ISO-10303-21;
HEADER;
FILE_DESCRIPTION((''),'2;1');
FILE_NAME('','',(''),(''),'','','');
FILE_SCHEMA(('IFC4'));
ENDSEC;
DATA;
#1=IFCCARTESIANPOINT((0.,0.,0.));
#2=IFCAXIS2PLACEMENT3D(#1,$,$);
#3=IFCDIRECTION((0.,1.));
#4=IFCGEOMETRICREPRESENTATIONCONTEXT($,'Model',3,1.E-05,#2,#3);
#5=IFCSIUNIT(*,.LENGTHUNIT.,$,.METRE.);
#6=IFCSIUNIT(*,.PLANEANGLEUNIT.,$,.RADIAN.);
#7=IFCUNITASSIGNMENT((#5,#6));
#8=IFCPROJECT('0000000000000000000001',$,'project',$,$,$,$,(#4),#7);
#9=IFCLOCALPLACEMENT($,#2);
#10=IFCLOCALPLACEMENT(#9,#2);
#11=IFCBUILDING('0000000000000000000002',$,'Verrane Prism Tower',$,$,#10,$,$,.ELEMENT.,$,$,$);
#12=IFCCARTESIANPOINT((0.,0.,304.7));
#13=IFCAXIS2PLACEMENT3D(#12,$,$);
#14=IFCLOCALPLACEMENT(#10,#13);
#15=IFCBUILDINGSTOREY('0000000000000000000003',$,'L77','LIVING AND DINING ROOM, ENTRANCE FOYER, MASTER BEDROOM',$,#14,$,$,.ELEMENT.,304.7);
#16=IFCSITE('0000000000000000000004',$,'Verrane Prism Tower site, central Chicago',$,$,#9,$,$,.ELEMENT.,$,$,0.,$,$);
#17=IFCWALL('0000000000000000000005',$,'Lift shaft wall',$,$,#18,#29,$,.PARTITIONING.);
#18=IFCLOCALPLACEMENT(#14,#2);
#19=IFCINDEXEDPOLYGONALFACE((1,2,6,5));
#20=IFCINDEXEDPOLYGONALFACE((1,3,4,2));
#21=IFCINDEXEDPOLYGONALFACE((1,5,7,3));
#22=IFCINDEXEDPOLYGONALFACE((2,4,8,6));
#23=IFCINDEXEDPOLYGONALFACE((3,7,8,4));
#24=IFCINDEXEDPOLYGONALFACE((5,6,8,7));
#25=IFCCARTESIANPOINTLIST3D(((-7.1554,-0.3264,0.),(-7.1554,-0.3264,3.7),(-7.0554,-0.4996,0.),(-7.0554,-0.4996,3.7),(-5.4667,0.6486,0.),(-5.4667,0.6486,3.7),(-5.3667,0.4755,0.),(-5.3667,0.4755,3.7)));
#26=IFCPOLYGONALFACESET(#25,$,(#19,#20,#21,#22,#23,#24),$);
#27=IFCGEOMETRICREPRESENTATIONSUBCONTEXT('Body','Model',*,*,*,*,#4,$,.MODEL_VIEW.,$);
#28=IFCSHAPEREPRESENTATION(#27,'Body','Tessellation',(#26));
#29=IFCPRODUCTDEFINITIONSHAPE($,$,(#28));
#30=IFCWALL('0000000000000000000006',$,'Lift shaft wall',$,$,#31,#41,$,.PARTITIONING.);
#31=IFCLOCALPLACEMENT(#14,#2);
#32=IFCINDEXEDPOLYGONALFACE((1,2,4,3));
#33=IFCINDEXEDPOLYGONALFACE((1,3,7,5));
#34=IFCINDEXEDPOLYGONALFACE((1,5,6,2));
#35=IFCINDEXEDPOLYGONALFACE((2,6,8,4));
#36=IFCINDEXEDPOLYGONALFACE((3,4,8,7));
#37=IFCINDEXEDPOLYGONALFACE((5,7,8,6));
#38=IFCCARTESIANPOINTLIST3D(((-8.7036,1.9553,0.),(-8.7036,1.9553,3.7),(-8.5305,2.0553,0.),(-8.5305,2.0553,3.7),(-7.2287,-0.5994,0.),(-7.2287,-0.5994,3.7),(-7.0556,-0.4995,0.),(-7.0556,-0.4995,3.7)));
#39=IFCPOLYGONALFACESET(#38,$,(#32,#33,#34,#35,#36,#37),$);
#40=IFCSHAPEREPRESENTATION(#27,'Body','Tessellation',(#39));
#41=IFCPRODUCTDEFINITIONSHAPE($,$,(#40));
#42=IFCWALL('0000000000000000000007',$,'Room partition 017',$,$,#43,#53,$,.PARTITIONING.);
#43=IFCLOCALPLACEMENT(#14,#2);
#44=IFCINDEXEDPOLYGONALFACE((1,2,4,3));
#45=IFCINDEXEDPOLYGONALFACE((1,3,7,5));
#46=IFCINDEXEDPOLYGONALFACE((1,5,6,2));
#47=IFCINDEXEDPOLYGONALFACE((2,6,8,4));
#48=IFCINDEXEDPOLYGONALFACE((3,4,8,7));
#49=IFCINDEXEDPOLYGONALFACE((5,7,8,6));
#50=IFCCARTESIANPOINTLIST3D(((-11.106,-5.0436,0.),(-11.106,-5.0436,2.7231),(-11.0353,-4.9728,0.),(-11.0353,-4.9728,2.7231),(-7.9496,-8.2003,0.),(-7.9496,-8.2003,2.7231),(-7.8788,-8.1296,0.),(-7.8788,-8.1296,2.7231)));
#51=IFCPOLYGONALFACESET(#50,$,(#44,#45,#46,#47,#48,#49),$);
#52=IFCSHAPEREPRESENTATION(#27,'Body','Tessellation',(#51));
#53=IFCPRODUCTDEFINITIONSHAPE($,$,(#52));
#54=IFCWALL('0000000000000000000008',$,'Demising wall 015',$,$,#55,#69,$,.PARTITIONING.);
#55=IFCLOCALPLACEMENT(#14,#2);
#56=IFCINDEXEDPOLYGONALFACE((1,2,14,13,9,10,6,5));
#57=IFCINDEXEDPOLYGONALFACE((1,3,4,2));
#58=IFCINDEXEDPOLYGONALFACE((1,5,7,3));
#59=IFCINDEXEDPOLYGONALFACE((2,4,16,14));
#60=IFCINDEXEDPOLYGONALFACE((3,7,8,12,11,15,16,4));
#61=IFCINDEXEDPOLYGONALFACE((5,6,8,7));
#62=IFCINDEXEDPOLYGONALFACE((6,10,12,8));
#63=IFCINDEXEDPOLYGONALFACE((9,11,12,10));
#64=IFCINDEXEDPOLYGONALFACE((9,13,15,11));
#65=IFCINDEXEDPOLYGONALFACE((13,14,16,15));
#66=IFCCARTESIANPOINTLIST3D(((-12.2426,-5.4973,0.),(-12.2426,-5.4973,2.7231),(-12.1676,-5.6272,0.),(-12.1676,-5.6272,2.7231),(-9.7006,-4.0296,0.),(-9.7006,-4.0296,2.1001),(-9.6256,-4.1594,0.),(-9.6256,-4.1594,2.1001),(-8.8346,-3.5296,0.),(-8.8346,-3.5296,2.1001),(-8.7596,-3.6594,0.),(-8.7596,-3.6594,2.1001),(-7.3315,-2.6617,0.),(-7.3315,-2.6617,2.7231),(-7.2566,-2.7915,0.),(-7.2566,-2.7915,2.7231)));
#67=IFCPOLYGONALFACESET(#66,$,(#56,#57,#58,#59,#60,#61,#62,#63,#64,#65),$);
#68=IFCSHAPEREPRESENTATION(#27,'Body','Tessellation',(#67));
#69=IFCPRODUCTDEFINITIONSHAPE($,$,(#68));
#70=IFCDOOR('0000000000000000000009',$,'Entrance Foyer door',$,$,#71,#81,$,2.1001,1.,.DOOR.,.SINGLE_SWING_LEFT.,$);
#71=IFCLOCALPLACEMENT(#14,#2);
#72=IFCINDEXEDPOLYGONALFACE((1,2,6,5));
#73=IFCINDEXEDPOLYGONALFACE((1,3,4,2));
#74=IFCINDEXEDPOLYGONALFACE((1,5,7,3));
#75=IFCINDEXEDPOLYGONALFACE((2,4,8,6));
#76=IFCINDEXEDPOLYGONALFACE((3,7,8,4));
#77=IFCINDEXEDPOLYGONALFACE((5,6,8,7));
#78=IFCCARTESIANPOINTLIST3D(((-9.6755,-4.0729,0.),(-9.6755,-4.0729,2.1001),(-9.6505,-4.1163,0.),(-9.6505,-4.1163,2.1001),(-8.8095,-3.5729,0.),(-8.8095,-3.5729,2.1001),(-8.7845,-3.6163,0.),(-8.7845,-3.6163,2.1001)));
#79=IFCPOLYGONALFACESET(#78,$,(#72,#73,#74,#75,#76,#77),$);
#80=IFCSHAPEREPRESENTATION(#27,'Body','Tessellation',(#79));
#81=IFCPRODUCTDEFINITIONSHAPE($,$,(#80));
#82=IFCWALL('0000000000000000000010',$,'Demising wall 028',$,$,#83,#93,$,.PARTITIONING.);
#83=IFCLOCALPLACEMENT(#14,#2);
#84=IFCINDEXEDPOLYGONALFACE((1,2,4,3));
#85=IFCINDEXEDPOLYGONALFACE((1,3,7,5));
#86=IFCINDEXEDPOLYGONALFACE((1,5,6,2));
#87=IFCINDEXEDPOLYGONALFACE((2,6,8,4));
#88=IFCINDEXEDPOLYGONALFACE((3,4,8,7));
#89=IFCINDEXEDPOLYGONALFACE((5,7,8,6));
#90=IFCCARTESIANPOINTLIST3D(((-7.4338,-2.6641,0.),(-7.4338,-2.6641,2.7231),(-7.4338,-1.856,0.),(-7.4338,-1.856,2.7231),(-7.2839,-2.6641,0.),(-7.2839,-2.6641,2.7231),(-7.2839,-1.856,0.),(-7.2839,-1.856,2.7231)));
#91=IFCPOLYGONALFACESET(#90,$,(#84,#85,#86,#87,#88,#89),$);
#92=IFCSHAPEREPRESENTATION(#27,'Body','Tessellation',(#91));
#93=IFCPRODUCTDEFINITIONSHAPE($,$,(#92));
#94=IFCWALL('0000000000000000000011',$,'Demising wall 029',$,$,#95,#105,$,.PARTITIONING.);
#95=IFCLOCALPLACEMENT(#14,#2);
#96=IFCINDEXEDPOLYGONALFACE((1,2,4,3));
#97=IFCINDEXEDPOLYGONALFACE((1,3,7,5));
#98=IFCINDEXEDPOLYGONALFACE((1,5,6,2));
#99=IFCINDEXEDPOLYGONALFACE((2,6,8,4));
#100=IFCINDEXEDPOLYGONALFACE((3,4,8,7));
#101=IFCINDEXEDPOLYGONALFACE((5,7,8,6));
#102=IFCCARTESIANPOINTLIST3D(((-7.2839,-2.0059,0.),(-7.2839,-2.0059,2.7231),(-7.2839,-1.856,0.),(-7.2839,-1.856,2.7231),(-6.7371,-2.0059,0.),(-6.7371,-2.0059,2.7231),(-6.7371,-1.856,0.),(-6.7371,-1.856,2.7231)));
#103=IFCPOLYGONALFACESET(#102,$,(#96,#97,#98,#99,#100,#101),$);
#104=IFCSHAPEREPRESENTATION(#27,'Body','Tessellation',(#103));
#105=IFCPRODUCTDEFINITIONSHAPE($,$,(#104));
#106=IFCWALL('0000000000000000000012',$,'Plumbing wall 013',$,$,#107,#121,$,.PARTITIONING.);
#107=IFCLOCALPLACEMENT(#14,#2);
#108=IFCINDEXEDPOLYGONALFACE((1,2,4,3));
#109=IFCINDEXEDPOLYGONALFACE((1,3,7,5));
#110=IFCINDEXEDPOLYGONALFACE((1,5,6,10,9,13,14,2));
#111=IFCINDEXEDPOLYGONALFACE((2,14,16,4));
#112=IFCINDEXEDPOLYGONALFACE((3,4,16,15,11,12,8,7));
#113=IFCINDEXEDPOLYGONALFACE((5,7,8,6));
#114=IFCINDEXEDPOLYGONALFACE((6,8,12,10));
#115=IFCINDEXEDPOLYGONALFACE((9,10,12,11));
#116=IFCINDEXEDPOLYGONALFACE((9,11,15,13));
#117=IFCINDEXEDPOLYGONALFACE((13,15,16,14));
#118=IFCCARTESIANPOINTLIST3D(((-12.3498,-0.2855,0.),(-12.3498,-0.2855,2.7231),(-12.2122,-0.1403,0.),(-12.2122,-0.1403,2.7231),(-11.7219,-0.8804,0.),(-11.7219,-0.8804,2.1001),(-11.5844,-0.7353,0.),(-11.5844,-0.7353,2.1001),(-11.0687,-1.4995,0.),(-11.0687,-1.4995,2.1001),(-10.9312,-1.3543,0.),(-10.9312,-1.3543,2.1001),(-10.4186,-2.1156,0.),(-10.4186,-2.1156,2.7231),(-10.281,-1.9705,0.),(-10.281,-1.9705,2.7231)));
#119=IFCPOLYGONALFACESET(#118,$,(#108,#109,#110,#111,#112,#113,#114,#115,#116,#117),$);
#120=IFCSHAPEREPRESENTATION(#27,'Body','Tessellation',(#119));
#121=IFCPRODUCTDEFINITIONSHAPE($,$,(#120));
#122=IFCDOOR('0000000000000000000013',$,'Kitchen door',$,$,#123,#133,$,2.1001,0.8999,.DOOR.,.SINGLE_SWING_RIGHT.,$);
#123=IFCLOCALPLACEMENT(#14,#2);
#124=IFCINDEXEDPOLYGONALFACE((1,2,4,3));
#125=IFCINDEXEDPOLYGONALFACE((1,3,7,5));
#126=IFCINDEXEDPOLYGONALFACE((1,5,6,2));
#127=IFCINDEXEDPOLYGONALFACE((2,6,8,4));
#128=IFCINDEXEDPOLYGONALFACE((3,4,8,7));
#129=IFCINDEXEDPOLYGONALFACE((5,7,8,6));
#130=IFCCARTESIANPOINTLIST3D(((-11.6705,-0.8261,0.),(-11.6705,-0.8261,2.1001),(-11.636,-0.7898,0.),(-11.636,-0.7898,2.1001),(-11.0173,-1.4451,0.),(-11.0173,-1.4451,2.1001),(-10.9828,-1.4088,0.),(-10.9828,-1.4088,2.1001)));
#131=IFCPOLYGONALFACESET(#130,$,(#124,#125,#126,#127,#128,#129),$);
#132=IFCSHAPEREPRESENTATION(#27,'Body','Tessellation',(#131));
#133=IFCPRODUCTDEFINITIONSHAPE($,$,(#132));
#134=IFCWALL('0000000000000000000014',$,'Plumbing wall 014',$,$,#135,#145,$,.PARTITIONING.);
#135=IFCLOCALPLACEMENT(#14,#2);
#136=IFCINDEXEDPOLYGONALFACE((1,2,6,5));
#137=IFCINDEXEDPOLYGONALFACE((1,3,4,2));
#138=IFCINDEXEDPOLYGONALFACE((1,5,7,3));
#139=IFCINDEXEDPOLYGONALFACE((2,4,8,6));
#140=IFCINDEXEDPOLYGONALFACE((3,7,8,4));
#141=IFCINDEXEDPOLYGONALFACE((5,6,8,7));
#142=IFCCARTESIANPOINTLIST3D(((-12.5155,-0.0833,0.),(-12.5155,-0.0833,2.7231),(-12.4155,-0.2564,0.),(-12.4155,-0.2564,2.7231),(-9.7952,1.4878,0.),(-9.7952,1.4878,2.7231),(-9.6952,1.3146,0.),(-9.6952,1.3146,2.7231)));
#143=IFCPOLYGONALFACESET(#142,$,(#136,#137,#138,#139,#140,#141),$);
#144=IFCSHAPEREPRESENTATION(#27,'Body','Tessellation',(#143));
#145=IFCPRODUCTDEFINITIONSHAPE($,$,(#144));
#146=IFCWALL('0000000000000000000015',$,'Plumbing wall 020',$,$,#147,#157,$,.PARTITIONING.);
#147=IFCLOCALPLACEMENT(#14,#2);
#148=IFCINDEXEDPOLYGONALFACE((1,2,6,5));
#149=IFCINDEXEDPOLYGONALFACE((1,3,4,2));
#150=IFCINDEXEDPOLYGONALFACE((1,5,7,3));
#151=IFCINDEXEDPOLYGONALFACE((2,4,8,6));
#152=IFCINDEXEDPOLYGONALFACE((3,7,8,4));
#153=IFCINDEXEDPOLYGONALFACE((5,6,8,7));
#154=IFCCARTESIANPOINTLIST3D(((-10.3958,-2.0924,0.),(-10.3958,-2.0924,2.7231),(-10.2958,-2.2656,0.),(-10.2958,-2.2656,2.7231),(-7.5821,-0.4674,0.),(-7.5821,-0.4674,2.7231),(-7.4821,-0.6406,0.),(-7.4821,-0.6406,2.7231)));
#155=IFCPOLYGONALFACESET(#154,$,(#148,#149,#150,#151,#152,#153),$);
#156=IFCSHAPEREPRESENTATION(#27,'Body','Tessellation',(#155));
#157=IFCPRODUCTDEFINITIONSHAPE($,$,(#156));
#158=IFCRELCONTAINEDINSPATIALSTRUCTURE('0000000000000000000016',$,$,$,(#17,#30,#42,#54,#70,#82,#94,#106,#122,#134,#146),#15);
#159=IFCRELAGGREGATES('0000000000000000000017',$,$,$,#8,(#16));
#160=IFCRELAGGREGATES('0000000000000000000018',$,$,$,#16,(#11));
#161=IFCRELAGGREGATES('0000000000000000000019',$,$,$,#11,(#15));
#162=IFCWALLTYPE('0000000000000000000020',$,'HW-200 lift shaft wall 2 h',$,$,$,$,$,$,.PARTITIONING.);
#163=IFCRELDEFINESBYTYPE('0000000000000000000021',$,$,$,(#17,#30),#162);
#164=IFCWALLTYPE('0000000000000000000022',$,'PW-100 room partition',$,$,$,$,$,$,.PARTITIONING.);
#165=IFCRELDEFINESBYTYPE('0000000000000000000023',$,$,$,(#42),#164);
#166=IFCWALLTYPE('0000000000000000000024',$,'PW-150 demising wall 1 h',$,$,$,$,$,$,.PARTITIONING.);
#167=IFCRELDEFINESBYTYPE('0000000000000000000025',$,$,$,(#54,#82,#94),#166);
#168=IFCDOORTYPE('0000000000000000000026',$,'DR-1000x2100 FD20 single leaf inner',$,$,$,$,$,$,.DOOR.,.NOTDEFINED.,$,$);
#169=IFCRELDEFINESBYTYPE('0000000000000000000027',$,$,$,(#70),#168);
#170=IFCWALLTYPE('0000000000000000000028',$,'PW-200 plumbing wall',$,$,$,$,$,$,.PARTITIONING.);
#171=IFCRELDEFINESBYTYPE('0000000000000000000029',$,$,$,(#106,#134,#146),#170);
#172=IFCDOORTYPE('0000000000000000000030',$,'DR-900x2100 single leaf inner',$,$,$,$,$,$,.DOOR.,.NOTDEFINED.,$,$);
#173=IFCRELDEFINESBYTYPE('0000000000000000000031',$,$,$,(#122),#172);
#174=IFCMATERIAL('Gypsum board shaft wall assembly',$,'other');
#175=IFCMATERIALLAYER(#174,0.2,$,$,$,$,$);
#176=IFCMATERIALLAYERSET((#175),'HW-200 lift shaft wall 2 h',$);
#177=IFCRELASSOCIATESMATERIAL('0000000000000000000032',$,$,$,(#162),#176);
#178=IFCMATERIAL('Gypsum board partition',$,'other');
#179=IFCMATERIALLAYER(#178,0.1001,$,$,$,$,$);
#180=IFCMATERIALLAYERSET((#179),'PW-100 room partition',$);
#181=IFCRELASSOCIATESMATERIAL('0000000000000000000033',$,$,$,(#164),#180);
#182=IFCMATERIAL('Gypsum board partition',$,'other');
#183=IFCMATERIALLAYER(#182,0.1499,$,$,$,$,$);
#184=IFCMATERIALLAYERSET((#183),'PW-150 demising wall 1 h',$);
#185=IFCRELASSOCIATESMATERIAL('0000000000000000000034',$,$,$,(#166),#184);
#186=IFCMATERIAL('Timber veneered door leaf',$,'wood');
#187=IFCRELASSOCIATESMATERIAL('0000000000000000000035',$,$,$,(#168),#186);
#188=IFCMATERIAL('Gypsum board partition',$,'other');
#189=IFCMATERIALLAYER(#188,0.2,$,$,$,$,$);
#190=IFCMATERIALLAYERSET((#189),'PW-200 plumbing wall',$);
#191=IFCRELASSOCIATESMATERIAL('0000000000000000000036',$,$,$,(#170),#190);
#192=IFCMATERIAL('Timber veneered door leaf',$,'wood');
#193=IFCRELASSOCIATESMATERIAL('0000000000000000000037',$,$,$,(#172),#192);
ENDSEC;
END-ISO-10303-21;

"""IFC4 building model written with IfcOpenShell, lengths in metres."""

from ifc_helpers import new_model, si_unit, direction, frame, frame_2d, origin, place, context, subcontext, project, spatial, rectangle, extrude, material, layer, layer_set, type_object, element, fill, save


model = new_model("IFC4")

# Units and contexts
model_context = context("Model", 3, precision=1e-05, world=origin(), true_north=direction((0.0, 1.0)))
body_context = subcontext(model_context, "Body", "Model", "MODEL_VIEW")
ifc_project = project(units=[si_unit("LENGTHUNIT", "METRE"), si_unit("PLANEANGLEUNIT", "RADIAN")], contexts=[model_context])

# Site, building, storey
site_placement = place(None, origin())
site = spatial("IfcSite", under=ifc_project, at=site_placement, Name="Verrane Prism Tower site, central Chicago", CompositionType="ELEMENT", RefElevation=0.0)
building_placement = place(site_placement, origin())
building = spatial("IfcBuilding", under=site, at=building_placement, Name="Verrane Prism Tower", CompositionType="ELEMENT")
storey_placement = place(building_placement, frame((0.0, 0.0, 304.7)))
storey = spatial("IfcBuildingStorey", under=building, at=storey_placement, Name="L77", Description="LIVING AND DINING ROOM, ENTRANCE FOYER, MASTER BEDROOM", CompositionType="ELEMENT", Elevation=304.7)

# Walls
ifc_material_1 = material(Name="Gypsum board shaft wall assembly", Category="other")
ifc_layer_1 = layer(ifc_material_1, 0.2)
ifc_layer_set_1 = layer_set([ifc_layer_1], Name="HW-200 lift shaft wall 2 h")
wall_type_1 = type_object("IfcWallType", Name="HW-200 lift shaft wall 2 h", PredefinedType="PARTITIONING", material=ifc_layer_set_1)
wall_1_placement = place(storey_placement, frame((-7.1055, -0.4131, 0.0), z_axis=(0.0, 0.0, 1.0), x_axis=(0.866, 0.500044, 0.0)))
element("IfcWall", 1, at=wall_1_placement, inside=storey, type_object=wall_type_1, Name="Lift shaft wall", PredefinedType="PARTITIONING", context=body_context, shape_type="SweptSolid", body=[
    extrude(rectangle(XDim=1.95, YDim=0.2, at=frame_2d((0.9751, 0.0))), origin(), (0.0, 0.0, 1.0), 3.7),
])
wall_2_placement = place(storey_placement, frame((-7.1421, -0.5496, 0.0), z_axis=(0.0, 0.0, 1.0), x_axis=(-0.499976, 0.866039, 0.0)))
element("IfcWall", 2, at=wall_2_placement, inside=storey, type_object=wall_type_1, Name="Lift shaft wall", PredefinedType="PARTITIONING", context=body_context, shape_type="SweptSolid", body=[
    extrude(rectangle(XDim=2.95, YDim=0.2, at=frame_2d((1.4751, 0.0))), origin(), (0.0, 0.0, 1.0), 3.7),
])
ifc_material_2 = material(Name="Gypsum board partition", Category="other")
ifc_layer_2 = layer(ifc_material_2, 0.1001)
ifc_layer_set_2 = layer_set([ifc_layer_2], Name="PW-100 room partition")
wall_type_2 = type_object("IfcWallType", Name="PW-100 room partition", PredefinedType="PARTITIONING", material=ifc_layer_set_2)
wall_3_placement = place(storey_placement, frame((-11.0706, -5.0083, 0.0), z_axis=(0.0, 0.0, 1.0), x_axis=(0.707079, -0.707134, 0.0)))
element("IfcWall", 3, at=wall_3_placement, inside=storey, type_object=wall_type_2, Name="Room partition 017", PredefinedType="PARTITIONING", context=body_context, shape_type="SweptSolid", body=[
    extrude(rectangle(XDim=4.4641, YDim=0.1001, at=frame_2d((2.2319, 0.0))), origin(), (0.0, 0.0, 1.0), 2.7231),
])

# Wall, opening, door
ifc_material_3 = material(Name="Gypsum board partition", Category="other")
ifc_layer_3 = layer(ifc_material_3, 0.1499)
ifc_layer_set_3 = layer_set([ifc_layer_3], Name="PW-150 demising wall 1 h")
wall_type_3 = type_object("IfcWallType", Name="PW-150 demising wall 1 h", PredefinedType="PARTITIONING", material=ifc_layer_set_3)
wall_4_placement = place(storey_placement, frame((-12.2051, -5.5623, 0.0), z_axis=(0.0, 0.0, 1.0), x_axis=(0.866006, 0.500033, 0.0)))
wall_4 = element("IfcWall", 4, at=wall_4_placement, inside=storey, type_object=wall_type_3, Name="Demising wall 015", PredefinedType="PARTITIONING", context=body_context, shape_type="SweptSolid", body=[
    extrude(rectangle(XDim=5.6709, YDim=0.1499, at=frame_2d((2.8354, 0.0))), origin(), (0.0, 0.0, 1.0), 2.7231),
])
opening_1_placement = place(wall_4_placement, frame((2.9353, 0.0, 0.0)))
opening_1 = element("IfcOpeningElement", 5, at=opening_1_placement, cuts=wall_4, PredefinedType="OPENING", context=body_context, shape_type="SweptSolid", body=[
    extrude(rectangle(XDim=1.0, YDim=2.1001, at=frame_2d((0.5, 1.05))), frame((0.0, 0.085, 0.0), z_axis=(0.0, -1.0, 0.0), x_axis=(1.0, 0.0, 0.0)), (0.0, 0.0, 1.0), 0.1699),
])
ifc_material_4 = material(Name="Timber veneered door leaf", Category="wood")
door_type_1 = type_object("IfcDoorType", Name="DR-1000x2100 FD20 single leaf inner", OperationType="NOTDEFINED", PredefinedType="DOOR", material=ifc_material_4)
door_1_placement = place(opening_1_placement, origin())
door_1 = element("IfcDoor", 6, at=door_1_placement, inside=storey, type_object=door_type_1, Name="Entrance Foyer door", OperationType="SINGLE_SWING_LEFT", OverallHeight=2.1001, OverallWidth=1.0, PredefinedType="DOOR", context=body_context, shape_type="SweptSolid", body=[
    extrude(rectangle(XDim=1.0, YDim=2.1001, at=frame_2d((0.5, 1.05))), frame((0.0, 0.0249, 0.0), z_axis=(0.0, -1.0, 0.0), x_axis=(1.0, 0.0, 0.0)), (0.0, 0.0, 1.0), 0.05),
])
fill(opening_1, door_1)

# Walls
wall_5_placement = place(storey_placement, frame((-7.3589, -2.6641, 0.0), z_axis=(0.0, 0.0, 1.0), x_axis=(0.0, 1.0, 0.0)))
element("IfcWall", 7, at=wall_5_placement, inside=storey, type_object=wall_type_3, Name="Demising wall 028", PredefinedType="PARTITIONING", context=body_context, shape_type="SweptSolid", body=[
    extrude(rectangle(XDim=0.8081, YDim=0.1499, at=frame_2d((0.4041, 0.0))), origin(), (0.0, 0.0, 1.0), 2.7231),
])
wall_6_placement = place(storey_placement, frame((-7.2839, -1.9309, 0.0), z_axis=(0.0, 0.0, 1.0), x_axis=(1.0, 0.0, 0.0)))
element("IfcWall", 8, at=wall_6_placement, inside=storey, type_object=wall_type_3, Name="Demising wall 029", PredefinedType="PARTITIONING", context=body_context, shape_type="SweptSolid", body=[
    extrude(rectangle(XDim=0.5469, YDim=0.1499, at=frame_2d((0.2734, 0.0))), origin(), (0.0, 0.0, 1.0), 2.7231),
])

# Wall, opening, door
ifc_material_5 = material(Name="Gypsum board partition", Category="other")
ifc_layer_4 = layer(ifc_material_5, 0.2)
ifc_layer_set_4 = layer_set([ifc_layer_4], Name="PW-200 plumbing wall")
wall_type_4 = type_object("IfcWallType", Name="PW-200 plumbing wall", PredefinedType="PARTITIONING", material=ifc_layer_set_4)
wall_7_placement = place(storey_placement, frame((-12.281, -0.2129, 0.0), z_axis=(0.0, 0.0, 1.0), x_axis=(0.725847, -0.687857, 0.0)))
wall_7 = element("IfcWall", 9, at=wall_7_placement, inside=storey, type_object=wall_type_4, Name="Plumbing wall 013", PredefinedType="PARTITIONING", context=body_context, shape_type="SweptSolid", body=[
    extrude(rectangle(XDim=2.6606, YDim=0.2, at=frame_2d((1.3303, 0.0))), origin(), (0.0, 0.0, 1.0), 2.7231),
])
opening_2_placement = place(wall_7_placement, frame((0.865, 0.0, 0.0)))
opening_2 = element("IfcOpeningElement", 10, at=opening_2_placement, cuts=wall_7, PredefinedType="OPENING", context=body_context, shape_type="SweptSolid", body=[
    extrude(rectangle(XDim=0.8999, YDim=2.1001, at=frame_2d((0.45, 1.05))), frame((0.0, 0.1099, 0.0), z_axis=(0.0, -1.0, 0.0), x_axis=(1.0, 0.0, 0.0)), (0.0, 0.0, 1.0), 0.22),
])
ifc_material_6 = material(Name="Timber veneered door leaf", Category="wood")
door_type_2 = type_object("IfcDoorType", Name="DR-900x2100 single leaf inner", OperationType="NOTDEFINED", PredefinedType="DOOR", material=ifc_material_6)
door_2_placement = place(opening_2_placement, origin())
door_2 = element("IfcDoor", 11, at=door_2_placement, inside=storey, type_object=door_type_2, Name="Kitchen door", OperationType="SINGLE_SWING_RIGHT", OverallHeight=2.1001, OverallWidth=0.8999, PredefinedType="DOOR", context=body_context, shape_type="SweptSolid", body=[
    extrude(rectangle(XDim=0.8999, YDim=2.1001, at=frame_2d((0.45, 1.05))), frame((0.0, 0.0249, 0.0), z_axis=(0.0, -1.0, 0.0), x_axis=(1.0, 0.0, 0.0)), (0.0, 0.0, 1.0), 0.05),
])
fill(opening_2, door_2)

# Walls
wall_8_placement = place(storey_placement, frame((-12.4656, -0.1699, 0.0), z_axis=(0.0, 0.0, 1.0), x_axis=(0.865953, 0.500126, 0.0)))
element("IfcWall", 12, at=wall_8_placement, inside=storey, type_object=wall_type_4, Name="Plumbing wall 014", PredefinedType="PARTITIONING", context=body_context, shape_type="SweptSolid", body=[
    extrude(rectangle(XDim=3.1414, YDim=0.2, at=frame_2d((1.5708, 0.0))), origin(), (0.0, 0.0, 1.0), 2.7231),
])
wall_9_placement = place(storey_placement, frame((-10.3457, -2.179, 0.0), z_axis=(0.0, 0.0, 1.0), x_axis=(0.865959, 0.500115, 0.0)))
element("IfcWall", 13, at=wall_9_placement, inside=storey, type_object=wall_type_4, Name="Plumbing wall 020", PredefinedType="PARTITIONING", context=body_context, shape_type="SweptSolid", body=[
    extrude(rectangle(XDim=3.2493, YDim=0.2, at=frame_2d((1.6245, 0.0))), origin(), (0.0, 0.0, 1.0), 2.7231),
])

save(model, "model.ifc")
